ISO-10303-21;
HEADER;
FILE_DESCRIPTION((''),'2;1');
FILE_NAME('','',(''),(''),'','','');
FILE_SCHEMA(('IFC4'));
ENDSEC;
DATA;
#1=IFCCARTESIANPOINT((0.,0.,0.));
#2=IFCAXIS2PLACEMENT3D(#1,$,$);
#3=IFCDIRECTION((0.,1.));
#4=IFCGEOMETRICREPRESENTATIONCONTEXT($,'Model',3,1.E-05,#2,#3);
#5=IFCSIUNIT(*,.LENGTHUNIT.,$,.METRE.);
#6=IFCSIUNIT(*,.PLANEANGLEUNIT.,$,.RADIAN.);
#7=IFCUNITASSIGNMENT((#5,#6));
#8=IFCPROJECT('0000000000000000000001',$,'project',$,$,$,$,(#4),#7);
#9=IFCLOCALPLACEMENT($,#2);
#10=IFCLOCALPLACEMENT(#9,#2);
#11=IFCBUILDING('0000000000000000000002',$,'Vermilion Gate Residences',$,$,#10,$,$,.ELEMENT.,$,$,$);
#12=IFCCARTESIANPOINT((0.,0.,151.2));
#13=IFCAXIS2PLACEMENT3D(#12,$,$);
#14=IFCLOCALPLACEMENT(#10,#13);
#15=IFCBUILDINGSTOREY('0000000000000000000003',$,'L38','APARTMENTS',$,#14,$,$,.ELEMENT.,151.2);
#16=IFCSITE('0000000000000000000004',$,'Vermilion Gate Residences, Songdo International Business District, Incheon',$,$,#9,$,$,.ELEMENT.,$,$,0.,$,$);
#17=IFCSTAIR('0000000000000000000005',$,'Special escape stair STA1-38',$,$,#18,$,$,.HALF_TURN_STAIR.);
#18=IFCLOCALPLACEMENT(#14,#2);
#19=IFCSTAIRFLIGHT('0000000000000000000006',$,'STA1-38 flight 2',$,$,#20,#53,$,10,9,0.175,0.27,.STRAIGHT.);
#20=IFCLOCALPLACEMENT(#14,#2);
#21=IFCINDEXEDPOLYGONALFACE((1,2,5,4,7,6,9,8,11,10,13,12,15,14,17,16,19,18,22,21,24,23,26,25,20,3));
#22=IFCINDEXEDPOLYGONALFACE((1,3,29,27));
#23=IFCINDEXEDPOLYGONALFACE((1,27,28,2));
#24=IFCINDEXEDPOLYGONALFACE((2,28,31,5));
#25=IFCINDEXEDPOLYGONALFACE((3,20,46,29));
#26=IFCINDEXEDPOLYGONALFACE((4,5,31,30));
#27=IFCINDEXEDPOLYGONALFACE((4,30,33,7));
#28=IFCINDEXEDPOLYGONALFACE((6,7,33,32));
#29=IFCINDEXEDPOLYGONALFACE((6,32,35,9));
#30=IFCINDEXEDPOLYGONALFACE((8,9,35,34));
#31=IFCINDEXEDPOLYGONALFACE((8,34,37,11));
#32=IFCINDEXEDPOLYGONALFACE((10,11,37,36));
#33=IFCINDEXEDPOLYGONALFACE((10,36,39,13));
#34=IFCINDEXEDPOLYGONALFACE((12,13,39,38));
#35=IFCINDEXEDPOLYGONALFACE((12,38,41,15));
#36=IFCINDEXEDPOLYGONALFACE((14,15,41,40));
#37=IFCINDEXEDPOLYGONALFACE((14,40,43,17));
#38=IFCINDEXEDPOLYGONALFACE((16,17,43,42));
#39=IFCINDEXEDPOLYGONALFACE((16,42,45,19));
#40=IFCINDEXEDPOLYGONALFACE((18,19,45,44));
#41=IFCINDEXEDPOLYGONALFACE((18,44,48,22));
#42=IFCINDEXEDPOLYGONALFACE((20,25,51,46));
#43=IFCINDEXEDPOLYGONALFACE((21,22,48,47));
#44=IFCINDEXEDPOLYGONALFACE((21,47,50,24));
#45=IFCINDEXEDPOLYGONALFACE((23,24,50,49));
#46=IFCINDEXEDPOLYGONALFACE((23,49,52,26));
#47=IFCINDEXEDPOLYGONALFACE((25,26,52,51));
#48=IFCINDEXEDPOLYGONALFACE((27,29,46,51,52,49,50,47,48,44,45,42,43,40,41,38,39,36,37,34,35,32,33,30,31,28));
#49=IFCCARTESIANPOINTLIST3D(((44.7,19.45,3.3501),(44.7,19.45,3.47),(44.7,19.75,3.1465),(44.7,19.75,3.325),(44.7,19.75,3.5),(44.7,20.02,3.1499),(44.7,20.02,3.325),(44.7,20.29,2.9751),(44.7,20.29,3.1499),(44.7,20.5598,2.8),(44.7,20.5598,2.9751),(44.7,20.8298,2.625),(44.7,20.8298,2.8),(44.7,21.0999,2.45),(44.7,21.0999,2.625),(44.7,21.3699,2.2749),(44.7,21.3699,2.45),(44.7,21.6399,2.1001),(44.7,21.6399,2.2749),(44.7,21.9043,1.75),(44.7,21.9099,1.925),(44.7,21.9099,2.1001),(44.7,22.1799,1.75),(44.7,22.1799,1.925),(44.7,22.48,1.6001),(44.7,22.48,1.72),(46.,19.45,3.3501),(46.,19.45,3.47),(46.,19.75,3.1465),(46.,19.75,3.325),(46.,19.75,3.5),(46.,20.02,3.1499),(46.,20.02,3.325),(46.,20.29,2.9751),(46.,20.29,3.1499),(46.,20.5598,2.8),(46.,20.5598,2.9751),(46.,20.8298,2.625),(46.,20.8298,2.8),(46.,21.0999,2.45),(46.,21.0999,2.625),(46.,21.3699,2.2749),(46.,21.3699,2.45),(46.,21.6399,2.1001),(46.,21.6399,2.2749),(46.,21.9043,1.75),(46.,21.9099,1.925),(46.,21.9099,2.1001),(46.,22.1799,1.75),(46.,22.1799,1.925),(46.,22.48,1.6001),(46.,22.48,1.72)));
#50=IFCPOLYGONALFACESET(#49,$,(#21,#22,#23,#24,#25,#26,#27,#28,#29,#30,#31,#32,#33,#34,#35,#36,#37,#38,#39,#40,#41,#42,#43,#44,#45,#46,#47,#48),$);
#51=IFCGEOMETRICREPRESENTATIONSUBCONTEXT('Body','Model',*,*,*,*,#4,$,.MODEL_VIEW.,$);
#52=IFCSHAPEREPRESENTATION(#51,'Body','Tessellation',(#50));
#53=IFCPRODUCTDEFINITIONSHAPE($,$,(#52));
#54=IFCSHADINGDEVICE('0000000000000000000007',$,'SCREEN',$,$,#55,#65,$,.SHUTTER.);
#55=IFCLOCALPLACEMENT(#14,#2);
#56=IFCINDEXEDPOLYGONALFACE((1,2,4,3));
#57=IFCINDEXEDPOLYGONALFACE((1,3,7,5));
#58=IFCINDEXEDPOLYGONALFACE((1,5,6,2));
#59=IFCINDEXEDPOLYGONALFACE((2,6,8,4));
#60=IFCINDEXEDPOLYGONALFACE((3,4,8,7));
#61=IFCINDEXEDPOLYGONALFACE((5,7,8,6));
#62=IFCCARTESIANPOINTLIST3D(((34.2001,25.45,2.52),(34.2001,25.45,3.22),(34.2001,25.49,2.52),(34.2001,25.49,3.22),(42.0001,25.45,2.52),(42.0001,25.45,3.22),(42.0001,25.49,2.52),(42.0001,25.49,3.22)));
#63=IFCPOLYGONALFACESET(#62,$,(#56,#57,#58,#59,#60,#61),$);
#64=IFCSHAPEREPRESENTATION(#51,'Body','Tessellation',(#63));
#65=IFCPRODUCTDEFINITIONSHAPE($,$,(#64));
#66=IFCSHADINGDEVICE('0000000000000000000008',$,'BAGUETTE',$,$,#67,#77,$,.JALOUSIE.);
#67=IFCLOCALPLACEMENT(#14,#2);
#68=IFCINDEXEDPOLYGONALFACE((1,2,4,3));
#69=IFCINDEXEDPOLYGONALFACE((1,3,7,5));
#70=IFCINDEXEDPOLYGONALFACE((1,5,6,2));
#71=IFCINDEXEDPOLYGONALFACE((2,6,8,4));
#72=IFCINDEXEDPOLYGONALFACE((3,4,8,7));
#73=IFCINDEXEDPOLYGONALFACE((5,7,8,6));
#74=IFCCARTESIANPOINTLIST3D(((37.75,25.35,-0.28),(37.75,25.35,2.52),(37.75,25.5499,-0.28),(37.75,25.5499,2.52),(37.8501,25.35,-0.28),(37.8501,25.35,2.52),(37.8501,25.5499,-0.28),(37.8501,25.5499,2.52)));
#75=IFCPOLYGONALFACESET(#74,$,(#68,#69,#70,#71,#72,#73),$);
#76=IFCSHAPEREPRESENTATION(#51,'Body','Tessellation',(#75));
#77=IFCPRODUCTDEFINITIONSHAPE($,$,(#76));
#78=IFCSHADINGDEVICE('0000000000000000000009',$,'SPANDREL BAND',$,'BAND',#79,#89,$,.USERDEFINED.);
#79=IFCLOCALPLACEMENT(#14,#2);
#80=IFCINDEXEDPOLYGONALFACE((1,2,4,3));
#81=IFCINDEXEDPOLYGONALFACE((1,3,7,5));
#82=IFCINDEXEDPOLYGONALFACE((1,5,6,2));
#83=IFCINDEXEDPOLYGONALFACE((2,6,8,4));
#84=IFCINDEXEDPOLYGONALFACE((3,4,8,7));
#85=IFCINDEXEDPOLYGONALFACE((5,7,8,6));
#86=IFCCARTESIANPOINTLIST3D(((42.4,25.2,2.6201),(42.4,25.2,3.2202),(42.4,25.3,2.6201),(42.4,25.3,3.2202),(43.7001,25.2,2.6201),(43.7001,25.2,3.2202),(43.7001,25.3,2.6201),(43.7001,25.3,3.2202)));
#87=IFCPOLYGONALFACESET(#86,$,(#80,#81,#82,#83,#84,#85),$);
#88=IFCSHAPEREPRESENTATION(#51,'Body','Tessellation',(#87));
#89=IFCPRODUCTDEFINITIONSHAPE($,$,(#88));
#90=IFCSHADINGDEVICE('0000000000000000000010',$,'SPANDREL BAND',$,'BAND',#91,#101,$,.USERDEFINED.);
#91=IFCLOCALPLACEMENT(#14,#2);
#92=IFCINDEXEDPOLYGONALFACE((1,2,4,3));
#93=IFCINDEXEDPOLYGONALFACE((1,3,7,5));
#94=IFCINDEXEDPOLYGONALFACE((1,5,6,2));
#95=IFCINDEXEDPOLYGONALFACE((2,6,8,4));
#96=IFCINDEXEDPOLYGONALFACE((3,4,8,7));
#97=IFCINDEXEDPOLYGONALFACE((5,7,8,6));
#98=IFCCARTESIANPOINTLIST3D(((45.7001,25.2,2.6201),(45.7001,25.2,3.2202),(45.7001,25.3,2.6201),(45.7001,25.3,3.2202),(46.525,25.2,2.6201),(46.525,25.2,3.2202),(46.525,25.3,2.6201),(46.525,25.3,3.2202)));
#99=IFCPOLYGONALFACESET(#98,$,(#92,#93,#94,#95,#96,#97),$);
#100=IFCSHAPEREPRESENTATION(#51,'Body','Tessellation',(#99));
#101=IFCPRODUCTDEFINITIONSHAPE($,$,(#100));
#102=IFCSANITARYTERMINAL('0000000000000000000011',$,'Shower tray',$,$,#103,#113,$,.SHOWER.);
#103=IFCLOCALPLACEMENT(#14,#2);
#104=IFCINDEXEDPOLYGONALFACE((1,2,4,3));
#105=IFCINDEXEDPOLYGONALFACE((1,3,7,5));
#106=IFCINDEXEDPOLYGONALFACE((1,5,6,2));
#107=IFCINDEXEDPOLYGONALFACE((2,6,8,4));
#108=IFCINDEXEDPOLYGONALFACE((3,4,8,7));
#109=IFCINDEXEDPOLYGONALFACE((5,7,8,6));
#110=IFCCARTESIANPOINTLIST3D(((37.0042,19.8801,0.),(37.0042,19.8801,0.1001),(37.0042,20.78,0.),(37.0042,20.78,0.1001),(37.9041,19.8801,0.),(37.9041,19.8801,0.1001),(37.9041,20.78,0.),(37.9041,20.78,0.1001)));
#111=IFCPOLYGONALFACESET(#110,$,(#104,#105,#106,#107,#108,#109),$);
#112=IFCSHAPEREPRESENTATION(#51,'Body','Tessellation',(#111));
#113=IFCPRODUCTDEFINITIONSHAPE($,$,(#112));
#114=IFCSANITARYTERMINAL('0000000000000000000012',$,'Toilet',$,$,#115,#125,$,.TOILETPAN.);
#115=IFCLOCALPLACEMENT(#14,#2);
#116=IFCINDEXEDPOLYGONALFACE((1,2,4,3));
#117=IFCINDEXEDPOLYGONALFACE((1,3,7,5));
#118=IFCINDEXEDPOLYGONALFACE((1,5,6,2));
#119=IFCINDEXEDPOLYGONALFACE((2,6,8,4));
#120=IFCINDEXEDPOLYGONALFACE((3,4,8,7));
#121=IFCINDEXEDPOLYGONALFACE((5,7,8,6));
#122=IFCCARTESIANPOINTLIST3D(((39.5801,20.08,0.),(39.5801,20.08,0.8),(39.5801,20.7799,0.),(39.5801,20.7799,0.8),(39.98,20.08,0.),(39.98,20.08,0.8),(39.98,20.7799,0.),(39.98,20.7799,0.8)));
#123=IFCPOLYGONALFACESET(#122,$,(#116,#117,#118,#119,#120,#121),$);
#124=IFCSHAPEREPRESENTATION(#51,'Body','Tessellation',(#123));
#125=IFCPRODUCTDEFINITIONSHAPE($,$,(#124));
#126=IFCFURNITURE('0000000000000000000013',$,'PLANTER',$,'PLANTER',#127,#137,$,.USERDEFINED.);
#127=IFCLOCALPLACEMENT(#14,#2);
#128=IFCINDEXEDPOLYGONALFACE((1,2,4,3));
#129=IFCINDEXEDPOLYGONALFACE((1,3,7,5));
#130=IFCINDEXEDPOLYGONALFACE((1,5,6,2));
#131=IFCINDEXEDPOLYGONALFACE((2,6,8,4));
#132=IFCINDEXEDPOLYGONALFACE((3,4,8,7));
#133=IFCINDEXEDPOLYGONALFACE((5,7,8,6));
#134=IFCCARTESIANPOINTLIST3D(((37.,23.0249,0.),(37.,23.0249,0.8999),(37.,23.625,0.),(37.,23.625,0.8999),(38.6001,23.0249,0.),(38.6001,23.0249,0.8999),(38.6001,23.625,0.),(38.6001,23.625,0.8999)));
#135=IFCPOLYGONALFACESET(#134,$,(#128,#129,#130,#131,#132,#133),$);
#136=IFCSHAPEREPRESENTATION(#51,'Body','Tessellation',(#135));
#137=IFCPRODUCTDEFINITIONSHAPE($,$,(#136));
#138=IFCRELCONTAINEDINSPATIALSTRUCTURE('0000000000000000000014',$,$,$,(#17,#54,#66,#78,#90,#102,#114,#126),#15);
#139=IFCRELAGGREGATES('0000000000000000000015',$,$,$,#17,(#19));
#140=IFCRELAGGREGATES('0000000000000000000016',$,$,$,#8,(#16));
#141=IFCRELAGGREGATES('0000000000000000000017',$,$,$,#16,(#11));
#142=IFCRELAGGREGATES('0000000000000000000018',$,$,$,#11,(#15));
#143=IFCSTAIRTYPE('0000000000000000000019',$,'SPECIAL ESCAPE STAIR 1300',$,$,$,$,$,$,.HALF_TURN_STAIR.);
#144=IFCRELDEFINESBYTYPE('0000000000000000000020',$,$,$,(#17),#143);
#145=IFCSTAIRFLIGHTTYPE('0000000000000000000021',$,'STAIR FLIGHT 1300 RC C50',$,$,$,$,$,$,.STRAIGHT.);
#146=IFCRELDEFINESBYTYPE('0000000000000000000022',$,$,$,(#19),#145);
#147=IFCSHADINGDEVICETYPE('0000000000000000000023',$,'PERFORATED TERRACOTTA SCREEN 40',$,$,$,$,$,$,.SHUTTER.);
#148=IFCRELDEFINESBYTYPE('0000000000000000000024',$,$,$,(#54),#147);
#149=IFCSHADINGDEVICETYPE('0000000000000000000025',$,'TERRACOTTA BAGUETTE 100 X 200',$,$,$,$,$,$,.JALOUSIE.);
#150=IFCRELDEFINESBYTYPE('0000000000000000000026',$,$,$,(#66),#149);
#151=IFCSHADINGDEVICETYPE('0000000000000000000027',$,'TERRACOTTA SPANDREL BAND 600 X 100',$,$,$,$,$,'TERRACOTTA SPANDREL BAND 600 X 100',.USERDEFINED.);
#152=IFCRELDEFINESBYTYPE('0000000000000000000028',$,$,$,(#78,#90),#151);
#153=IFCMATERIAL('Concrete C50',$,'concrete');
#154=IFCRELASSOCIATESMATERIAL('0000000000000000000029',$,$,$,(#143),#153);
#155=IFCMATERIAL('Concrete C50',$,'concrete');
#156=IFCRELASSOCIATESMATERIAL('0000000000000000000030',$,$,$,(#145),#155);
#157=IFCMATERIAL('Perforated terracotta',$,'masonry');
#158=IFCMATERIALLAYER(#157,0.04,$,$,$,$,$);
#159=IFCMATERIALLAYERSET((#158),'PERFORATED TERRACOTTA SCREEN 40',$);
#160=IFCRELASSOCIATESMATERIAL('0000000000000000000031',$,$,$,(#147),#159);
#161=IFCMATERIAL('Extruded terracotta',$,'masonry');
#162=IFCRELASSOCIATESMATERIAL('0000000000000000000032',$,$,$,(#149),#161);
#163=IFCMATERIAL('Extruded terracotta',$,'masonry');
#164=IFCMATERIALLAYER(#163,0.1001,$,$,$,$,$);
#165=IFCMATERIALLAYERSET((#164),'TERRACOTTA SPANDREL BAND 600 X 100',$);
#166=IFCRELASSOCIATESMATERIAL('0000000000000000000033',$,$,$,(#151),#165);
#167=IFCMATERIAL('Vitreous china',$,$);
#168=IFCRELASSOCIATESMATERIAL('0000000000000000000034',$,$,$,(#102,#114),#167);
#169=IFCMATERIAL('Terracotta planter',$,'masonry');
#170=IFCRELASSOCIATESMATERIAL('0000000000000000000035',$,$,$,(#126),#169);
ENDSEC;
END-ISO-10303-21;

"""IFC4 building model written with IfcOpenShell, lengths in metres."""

from ifc_helpers import new_model, si_unit, direction, frame, origin, origin_2d, place, context, subcontext, project, spatial, polyline, rectangle, outline, extrude, material, layer, layer_set, material_profile, profile_set, type_object, element, aggregate, save


model = new_model("IFC4")

# Units and contexts
model_context = context("Model", 3, precision=1e-05, world=origin(), true_north=direction((0.0, 1.0)))
body_context = subcontext(model_context, "Body", "Model", "MODEL_VIEW")
ifc_project = project(units=[si_unit("LENGTHUNIT", "METRE"), si_unit("PLANEANGLEUNIT", "RADIAN")], contexts=[model_context])

# Site, building, storey
site_placement = place(None, origin())
site = spatial("IfcSite", under=ifc_project, at=site_placement, Name="Vermilion Gate Residences, Songdo International Business District, Incheon", CompositionType="ELEMENT", RefElevation=0.0)
building_placement = place(site_placement, origin())
building = spatial("IfcBuilding", under=site, at=building_placement, Name="Vermilion Gate Residences", CompositionType="ELEMENT")
storey_placement = place(building_placement, frame((0.0, 0.0, 151.2)))
storey = spatial("IfcBuildingStorey", under=building, at=storey_placement, Name="L38", Description="APARTMENTS", CompositionType="ELEMENT", Elevation=151.2)

# Stair, stair flight
ifc_material_1 = material(Name="Concrete C50", Category="concrete")
stair_type = type_object("IfcStairType", Name="SPECIAL ESCAPE STAIR 1300", PredefinedType="HALF_TURN_STAIR", material=ifc_material_1)
stair_placement = place(storey_placement, origin())
stair = element("IfcStair", 1, at=stair_placement, inside=storey, type_object=stair_type, Name="Special escape stair STA1-38", PredefinedType="HALF_TURN_STAIR")
ifc_material_2 = material(Name="Concrete C50", Category="concrete")
stair_flight_type = type_object("IfcStairFlightType", Name="STAIR FLIGHT 1300 RC C50", PredefinedType="STRAIGHT", material=ifc_material_2)
stair_flight_1_placement = place(storey_placement, frame((45.3501, 22.1799, 1.75), z_axis=(0.0, 0.0, 1.0), x_axis=(0.0, -1.0, 0.0)))
stair_flight_1 = element("IfcStairFlight", 2, at=stair_flight_1_placement, type_object=stair_flight_type, Name="STA1-38 flight 2", NumberOfRisers=10, NumberOfTreads=9, PredefinedType="STRAIGHT", RiserHeight=0.175, TreadLength=0.27, context=body_context, shape_type="SweptSolid", body=[
    extrude(outline(polyline([(-0.3, -0.1499), (-0.3, -0.03), (0.0, 0.0), (0.0, 0.175), (0.27, 0.175), (0.27, 0.3501), (0.54, 0.3501), (0.54, 0.5249), (0.8101, 0.5249), (0.8101, 0.7), (1.0801, 0.7), (1.0801, 0.875), (1.3501, 0.875), (1.3501, 1.05), (1.6201, 1.05), (1.6201, 1.2251), (1.8899, 1.2251), (1.8899, 1.3999), (2.1599, 1.3999), (2.1599, 1.575), (2.4299, 1.575), (2.4299, 1.75), (2.73, 1.72), (2.73, 1.6001), (2.4299, 1.3965), (0.2756, 0.0), (-0.3, -0.1499)])), frame((0.0, 0.6499, 0.0), z_axis=(0.0, -1.0, 0.0), x_axis=(1.0, 0.0, 0.0)), (0.0, 0.0, 1.0), 1.3),
])
aggregate(stair, [stair_flight_1])

# Shading device
ifc_material_3 = material(Name="Perforated terracotta", Category="masonry")
ifc_layer_1 = layer(ifc_material_3, 0.04)
ifc_layer_set_1 = layer_set([ifc_layer_1], Name="PERFORATED TERRACOTTA SCREEN 40")
shading_device_type_1 = type_object("IfcShadingDeviceType", Name="PERFORATED TERRACOTTA SCREEN 40", PredefinedType="SHUTTER", material=ifc_layer_set_1)
shading_device_1_placement = place(storey_placement, frame((38.1001, 25.47, 2.52), z_axis=(0.0, 0.0, 1.0), x_axis=(-1.0, 0.0, 0.0)))
element("IfcShadingDevice", 3, at=shading_device_1_placement, inside=storey, type_object=shading_device_type_1, Name="SCREEN", PredefinedType="SHUTTER", context=body_context, shape_type="SweptSolid", body=[
    extrude(rectangle(XDim=7.8, YDim=0.04, at=origin_2d()), origin(), (0.0, 0.0, 1.0), 0.7),
])

# Shading devices
ifc_material_4 = material(Name="Extruded terracotta", Category="masonry")
ifc_material_profile = material_profile(ifc_material_4, rectangle(XDim=0.2, YDim=0.1001, at=origin_2d()), Name="BAGUETTE 100 X 200")
ifc_profile_set = profile_set([ifc_material_profile], Name="Extruded terracotta")
shading_device_type_2 = type_object("IfcShadingDeviceType", Name="TERRACOTTA BAGUETTE 100 X 200", PredefinedType="JALOUSIE", material=ifc_profile_set)
shading_device_2_placement = place(storey_placement, frame((37.8, 25.45, -0.28), z_axis=(0.0, 0.0, 1.0), x_axis=(0.0, -1.0, 0.0)))
element("IfcShadingDevice", 4, at=shading_device_2_placement, inside=storey, type_object=shading_device_type_2, Name="BAGUETTE", PredefinedType="JALOUSIE", context=body_context, shape_type="SweptSolid", body=[
    extrude(rectangle(XDim=0.2, YDim=0.1001, at=origin_2d()), origin(), (0.0, 0.0, 1.0), 2.8),
])
ifc_material_5 = material(Name="Extruded terracotta", Category="masonry")
ifc_layer_2 = layer(ifc_material_5, 0.1001)
ifc_layer_set_2 = layer_set([ifc_layer_2], Name="TERRACOTTA SPANDREL BAND 600 X 100")
shading_device_type_3 = type_object("IfcShadingDeviceType", Name="TERRACOTTA SPANDREL BAND 600 X 100", ElementType="TERRACOTTA SPANDREL BAND 600 X 100", PredefinedType="USERDEFINED", material=ifc_layer_set_2)
shading_device_3_placement = place(storey_placement, frame((43.05, 25.25, 2.6201), z_axis=(0.0, 0.0, 1.0), x_axis=(1.0, 0.0, 0.0)))
element("IfcShadingDevice", 5, at=shading_device_3_placement, inside=storey, type_object=shading_device_type_3, Name="SPANDREL BAND", ObjectType="BAND", PredefinedType="USERDEFINED", context=body_context, shape_type="SweptSolid", body=[
    extrude(rectangle(XDim=1.3, YDim=0.1001, at=origin_2d()), origin(), (0.0, 0.0, 1.0), 0.6001),
])
shading_device_4_placement = place(storey_placement, frame((46.1125, 25.25, 2.6201), z_axis=(0.0, 0.0, 1.0), x_axis=(1.0, 0.0, 0.0)))
element("IfcShadingDevice", 6, at=shading_device_4_placement, inside=storey, type_object=shading_device_type_3, Name="SPANDREL BAND", ObjectType="BAND", PredefinedType="USERDEFINED", context=body_context, shape_type="SweptSolid", body=[
    extrude(rectangle(XDim=0.825, YDim=0.1001, at=origin_2d()), origin(), (0.0, 0.0, 1.0), 0.6001),
])

# Sanitary terminals
ifc_material_6 = material(Name="Vitreous china")
sanitary_terminal_1_placement = place(storey_placement, frame((37.4541, 20.3301, 0.0), z_axis=(0.0, 0.0, 1.0), x_axis=(1.0, 0.0, 0.0)))
element("IfcSanitaryTerminal", 7, at=sanitary_terminal_1_placement, inside=storey, material=ifc_material_6, Name="Shower tray", PredefinedType="SHOWER", context=body_context, shape_type="SweptSolid", body=[
    extrude(rectangle(XDim=0.8999, YDim=0.8999, at=origin_2d()), origin(), (0.0, 0.0, 1.0), 0.1001),
])
sanitary_terminal_2_placement = place(storey_placement, frame((39.78, 20.4299, 0.0), z_axis=(0.0, 0.0, 1.0), x_axis=(1.0, 0.0, 0.0)))
element("IfcSanitaryTerminal", 8, at=sanitary_terminal_2_placement, inside=storey, material=ifc_material_6, Name="Toilet", PredefinedType="TOILETPAN", context=body_context, shape_type="SweptSolid", body=[
    extrude(rectangle(XDim=0.3999, YDim=0.7, at=origin_2d()), origin(), (0.0, 0.0, 1.0), 0.8),
])

# Furniture
ifc_material_7 = material(Name="Terracotta planter", Category="masonry")
furniture_placement = place(storey_placement, frame((37.8, 23.325, 0.0), z_axis=(0.0, 0.0, 1.0), x_axis=(-1.0, 0.0, 0.0)))
element("IfcFurniture", 9, at=furniture_placement, inside=storey, material=ifc_material_7, Name="PLANTER", ObjectType="PLANTER", PredefinedType="USERDEFINED", context=body_context, shape_type="SweptSolid", body=[
    extrude(rectangle(XDim=1.6001, YDim=0.6001, at=origin_2d()), origin(), (0.0, 0.0, 1.0), 0.8999),
])

save(model, "model.ifc")
